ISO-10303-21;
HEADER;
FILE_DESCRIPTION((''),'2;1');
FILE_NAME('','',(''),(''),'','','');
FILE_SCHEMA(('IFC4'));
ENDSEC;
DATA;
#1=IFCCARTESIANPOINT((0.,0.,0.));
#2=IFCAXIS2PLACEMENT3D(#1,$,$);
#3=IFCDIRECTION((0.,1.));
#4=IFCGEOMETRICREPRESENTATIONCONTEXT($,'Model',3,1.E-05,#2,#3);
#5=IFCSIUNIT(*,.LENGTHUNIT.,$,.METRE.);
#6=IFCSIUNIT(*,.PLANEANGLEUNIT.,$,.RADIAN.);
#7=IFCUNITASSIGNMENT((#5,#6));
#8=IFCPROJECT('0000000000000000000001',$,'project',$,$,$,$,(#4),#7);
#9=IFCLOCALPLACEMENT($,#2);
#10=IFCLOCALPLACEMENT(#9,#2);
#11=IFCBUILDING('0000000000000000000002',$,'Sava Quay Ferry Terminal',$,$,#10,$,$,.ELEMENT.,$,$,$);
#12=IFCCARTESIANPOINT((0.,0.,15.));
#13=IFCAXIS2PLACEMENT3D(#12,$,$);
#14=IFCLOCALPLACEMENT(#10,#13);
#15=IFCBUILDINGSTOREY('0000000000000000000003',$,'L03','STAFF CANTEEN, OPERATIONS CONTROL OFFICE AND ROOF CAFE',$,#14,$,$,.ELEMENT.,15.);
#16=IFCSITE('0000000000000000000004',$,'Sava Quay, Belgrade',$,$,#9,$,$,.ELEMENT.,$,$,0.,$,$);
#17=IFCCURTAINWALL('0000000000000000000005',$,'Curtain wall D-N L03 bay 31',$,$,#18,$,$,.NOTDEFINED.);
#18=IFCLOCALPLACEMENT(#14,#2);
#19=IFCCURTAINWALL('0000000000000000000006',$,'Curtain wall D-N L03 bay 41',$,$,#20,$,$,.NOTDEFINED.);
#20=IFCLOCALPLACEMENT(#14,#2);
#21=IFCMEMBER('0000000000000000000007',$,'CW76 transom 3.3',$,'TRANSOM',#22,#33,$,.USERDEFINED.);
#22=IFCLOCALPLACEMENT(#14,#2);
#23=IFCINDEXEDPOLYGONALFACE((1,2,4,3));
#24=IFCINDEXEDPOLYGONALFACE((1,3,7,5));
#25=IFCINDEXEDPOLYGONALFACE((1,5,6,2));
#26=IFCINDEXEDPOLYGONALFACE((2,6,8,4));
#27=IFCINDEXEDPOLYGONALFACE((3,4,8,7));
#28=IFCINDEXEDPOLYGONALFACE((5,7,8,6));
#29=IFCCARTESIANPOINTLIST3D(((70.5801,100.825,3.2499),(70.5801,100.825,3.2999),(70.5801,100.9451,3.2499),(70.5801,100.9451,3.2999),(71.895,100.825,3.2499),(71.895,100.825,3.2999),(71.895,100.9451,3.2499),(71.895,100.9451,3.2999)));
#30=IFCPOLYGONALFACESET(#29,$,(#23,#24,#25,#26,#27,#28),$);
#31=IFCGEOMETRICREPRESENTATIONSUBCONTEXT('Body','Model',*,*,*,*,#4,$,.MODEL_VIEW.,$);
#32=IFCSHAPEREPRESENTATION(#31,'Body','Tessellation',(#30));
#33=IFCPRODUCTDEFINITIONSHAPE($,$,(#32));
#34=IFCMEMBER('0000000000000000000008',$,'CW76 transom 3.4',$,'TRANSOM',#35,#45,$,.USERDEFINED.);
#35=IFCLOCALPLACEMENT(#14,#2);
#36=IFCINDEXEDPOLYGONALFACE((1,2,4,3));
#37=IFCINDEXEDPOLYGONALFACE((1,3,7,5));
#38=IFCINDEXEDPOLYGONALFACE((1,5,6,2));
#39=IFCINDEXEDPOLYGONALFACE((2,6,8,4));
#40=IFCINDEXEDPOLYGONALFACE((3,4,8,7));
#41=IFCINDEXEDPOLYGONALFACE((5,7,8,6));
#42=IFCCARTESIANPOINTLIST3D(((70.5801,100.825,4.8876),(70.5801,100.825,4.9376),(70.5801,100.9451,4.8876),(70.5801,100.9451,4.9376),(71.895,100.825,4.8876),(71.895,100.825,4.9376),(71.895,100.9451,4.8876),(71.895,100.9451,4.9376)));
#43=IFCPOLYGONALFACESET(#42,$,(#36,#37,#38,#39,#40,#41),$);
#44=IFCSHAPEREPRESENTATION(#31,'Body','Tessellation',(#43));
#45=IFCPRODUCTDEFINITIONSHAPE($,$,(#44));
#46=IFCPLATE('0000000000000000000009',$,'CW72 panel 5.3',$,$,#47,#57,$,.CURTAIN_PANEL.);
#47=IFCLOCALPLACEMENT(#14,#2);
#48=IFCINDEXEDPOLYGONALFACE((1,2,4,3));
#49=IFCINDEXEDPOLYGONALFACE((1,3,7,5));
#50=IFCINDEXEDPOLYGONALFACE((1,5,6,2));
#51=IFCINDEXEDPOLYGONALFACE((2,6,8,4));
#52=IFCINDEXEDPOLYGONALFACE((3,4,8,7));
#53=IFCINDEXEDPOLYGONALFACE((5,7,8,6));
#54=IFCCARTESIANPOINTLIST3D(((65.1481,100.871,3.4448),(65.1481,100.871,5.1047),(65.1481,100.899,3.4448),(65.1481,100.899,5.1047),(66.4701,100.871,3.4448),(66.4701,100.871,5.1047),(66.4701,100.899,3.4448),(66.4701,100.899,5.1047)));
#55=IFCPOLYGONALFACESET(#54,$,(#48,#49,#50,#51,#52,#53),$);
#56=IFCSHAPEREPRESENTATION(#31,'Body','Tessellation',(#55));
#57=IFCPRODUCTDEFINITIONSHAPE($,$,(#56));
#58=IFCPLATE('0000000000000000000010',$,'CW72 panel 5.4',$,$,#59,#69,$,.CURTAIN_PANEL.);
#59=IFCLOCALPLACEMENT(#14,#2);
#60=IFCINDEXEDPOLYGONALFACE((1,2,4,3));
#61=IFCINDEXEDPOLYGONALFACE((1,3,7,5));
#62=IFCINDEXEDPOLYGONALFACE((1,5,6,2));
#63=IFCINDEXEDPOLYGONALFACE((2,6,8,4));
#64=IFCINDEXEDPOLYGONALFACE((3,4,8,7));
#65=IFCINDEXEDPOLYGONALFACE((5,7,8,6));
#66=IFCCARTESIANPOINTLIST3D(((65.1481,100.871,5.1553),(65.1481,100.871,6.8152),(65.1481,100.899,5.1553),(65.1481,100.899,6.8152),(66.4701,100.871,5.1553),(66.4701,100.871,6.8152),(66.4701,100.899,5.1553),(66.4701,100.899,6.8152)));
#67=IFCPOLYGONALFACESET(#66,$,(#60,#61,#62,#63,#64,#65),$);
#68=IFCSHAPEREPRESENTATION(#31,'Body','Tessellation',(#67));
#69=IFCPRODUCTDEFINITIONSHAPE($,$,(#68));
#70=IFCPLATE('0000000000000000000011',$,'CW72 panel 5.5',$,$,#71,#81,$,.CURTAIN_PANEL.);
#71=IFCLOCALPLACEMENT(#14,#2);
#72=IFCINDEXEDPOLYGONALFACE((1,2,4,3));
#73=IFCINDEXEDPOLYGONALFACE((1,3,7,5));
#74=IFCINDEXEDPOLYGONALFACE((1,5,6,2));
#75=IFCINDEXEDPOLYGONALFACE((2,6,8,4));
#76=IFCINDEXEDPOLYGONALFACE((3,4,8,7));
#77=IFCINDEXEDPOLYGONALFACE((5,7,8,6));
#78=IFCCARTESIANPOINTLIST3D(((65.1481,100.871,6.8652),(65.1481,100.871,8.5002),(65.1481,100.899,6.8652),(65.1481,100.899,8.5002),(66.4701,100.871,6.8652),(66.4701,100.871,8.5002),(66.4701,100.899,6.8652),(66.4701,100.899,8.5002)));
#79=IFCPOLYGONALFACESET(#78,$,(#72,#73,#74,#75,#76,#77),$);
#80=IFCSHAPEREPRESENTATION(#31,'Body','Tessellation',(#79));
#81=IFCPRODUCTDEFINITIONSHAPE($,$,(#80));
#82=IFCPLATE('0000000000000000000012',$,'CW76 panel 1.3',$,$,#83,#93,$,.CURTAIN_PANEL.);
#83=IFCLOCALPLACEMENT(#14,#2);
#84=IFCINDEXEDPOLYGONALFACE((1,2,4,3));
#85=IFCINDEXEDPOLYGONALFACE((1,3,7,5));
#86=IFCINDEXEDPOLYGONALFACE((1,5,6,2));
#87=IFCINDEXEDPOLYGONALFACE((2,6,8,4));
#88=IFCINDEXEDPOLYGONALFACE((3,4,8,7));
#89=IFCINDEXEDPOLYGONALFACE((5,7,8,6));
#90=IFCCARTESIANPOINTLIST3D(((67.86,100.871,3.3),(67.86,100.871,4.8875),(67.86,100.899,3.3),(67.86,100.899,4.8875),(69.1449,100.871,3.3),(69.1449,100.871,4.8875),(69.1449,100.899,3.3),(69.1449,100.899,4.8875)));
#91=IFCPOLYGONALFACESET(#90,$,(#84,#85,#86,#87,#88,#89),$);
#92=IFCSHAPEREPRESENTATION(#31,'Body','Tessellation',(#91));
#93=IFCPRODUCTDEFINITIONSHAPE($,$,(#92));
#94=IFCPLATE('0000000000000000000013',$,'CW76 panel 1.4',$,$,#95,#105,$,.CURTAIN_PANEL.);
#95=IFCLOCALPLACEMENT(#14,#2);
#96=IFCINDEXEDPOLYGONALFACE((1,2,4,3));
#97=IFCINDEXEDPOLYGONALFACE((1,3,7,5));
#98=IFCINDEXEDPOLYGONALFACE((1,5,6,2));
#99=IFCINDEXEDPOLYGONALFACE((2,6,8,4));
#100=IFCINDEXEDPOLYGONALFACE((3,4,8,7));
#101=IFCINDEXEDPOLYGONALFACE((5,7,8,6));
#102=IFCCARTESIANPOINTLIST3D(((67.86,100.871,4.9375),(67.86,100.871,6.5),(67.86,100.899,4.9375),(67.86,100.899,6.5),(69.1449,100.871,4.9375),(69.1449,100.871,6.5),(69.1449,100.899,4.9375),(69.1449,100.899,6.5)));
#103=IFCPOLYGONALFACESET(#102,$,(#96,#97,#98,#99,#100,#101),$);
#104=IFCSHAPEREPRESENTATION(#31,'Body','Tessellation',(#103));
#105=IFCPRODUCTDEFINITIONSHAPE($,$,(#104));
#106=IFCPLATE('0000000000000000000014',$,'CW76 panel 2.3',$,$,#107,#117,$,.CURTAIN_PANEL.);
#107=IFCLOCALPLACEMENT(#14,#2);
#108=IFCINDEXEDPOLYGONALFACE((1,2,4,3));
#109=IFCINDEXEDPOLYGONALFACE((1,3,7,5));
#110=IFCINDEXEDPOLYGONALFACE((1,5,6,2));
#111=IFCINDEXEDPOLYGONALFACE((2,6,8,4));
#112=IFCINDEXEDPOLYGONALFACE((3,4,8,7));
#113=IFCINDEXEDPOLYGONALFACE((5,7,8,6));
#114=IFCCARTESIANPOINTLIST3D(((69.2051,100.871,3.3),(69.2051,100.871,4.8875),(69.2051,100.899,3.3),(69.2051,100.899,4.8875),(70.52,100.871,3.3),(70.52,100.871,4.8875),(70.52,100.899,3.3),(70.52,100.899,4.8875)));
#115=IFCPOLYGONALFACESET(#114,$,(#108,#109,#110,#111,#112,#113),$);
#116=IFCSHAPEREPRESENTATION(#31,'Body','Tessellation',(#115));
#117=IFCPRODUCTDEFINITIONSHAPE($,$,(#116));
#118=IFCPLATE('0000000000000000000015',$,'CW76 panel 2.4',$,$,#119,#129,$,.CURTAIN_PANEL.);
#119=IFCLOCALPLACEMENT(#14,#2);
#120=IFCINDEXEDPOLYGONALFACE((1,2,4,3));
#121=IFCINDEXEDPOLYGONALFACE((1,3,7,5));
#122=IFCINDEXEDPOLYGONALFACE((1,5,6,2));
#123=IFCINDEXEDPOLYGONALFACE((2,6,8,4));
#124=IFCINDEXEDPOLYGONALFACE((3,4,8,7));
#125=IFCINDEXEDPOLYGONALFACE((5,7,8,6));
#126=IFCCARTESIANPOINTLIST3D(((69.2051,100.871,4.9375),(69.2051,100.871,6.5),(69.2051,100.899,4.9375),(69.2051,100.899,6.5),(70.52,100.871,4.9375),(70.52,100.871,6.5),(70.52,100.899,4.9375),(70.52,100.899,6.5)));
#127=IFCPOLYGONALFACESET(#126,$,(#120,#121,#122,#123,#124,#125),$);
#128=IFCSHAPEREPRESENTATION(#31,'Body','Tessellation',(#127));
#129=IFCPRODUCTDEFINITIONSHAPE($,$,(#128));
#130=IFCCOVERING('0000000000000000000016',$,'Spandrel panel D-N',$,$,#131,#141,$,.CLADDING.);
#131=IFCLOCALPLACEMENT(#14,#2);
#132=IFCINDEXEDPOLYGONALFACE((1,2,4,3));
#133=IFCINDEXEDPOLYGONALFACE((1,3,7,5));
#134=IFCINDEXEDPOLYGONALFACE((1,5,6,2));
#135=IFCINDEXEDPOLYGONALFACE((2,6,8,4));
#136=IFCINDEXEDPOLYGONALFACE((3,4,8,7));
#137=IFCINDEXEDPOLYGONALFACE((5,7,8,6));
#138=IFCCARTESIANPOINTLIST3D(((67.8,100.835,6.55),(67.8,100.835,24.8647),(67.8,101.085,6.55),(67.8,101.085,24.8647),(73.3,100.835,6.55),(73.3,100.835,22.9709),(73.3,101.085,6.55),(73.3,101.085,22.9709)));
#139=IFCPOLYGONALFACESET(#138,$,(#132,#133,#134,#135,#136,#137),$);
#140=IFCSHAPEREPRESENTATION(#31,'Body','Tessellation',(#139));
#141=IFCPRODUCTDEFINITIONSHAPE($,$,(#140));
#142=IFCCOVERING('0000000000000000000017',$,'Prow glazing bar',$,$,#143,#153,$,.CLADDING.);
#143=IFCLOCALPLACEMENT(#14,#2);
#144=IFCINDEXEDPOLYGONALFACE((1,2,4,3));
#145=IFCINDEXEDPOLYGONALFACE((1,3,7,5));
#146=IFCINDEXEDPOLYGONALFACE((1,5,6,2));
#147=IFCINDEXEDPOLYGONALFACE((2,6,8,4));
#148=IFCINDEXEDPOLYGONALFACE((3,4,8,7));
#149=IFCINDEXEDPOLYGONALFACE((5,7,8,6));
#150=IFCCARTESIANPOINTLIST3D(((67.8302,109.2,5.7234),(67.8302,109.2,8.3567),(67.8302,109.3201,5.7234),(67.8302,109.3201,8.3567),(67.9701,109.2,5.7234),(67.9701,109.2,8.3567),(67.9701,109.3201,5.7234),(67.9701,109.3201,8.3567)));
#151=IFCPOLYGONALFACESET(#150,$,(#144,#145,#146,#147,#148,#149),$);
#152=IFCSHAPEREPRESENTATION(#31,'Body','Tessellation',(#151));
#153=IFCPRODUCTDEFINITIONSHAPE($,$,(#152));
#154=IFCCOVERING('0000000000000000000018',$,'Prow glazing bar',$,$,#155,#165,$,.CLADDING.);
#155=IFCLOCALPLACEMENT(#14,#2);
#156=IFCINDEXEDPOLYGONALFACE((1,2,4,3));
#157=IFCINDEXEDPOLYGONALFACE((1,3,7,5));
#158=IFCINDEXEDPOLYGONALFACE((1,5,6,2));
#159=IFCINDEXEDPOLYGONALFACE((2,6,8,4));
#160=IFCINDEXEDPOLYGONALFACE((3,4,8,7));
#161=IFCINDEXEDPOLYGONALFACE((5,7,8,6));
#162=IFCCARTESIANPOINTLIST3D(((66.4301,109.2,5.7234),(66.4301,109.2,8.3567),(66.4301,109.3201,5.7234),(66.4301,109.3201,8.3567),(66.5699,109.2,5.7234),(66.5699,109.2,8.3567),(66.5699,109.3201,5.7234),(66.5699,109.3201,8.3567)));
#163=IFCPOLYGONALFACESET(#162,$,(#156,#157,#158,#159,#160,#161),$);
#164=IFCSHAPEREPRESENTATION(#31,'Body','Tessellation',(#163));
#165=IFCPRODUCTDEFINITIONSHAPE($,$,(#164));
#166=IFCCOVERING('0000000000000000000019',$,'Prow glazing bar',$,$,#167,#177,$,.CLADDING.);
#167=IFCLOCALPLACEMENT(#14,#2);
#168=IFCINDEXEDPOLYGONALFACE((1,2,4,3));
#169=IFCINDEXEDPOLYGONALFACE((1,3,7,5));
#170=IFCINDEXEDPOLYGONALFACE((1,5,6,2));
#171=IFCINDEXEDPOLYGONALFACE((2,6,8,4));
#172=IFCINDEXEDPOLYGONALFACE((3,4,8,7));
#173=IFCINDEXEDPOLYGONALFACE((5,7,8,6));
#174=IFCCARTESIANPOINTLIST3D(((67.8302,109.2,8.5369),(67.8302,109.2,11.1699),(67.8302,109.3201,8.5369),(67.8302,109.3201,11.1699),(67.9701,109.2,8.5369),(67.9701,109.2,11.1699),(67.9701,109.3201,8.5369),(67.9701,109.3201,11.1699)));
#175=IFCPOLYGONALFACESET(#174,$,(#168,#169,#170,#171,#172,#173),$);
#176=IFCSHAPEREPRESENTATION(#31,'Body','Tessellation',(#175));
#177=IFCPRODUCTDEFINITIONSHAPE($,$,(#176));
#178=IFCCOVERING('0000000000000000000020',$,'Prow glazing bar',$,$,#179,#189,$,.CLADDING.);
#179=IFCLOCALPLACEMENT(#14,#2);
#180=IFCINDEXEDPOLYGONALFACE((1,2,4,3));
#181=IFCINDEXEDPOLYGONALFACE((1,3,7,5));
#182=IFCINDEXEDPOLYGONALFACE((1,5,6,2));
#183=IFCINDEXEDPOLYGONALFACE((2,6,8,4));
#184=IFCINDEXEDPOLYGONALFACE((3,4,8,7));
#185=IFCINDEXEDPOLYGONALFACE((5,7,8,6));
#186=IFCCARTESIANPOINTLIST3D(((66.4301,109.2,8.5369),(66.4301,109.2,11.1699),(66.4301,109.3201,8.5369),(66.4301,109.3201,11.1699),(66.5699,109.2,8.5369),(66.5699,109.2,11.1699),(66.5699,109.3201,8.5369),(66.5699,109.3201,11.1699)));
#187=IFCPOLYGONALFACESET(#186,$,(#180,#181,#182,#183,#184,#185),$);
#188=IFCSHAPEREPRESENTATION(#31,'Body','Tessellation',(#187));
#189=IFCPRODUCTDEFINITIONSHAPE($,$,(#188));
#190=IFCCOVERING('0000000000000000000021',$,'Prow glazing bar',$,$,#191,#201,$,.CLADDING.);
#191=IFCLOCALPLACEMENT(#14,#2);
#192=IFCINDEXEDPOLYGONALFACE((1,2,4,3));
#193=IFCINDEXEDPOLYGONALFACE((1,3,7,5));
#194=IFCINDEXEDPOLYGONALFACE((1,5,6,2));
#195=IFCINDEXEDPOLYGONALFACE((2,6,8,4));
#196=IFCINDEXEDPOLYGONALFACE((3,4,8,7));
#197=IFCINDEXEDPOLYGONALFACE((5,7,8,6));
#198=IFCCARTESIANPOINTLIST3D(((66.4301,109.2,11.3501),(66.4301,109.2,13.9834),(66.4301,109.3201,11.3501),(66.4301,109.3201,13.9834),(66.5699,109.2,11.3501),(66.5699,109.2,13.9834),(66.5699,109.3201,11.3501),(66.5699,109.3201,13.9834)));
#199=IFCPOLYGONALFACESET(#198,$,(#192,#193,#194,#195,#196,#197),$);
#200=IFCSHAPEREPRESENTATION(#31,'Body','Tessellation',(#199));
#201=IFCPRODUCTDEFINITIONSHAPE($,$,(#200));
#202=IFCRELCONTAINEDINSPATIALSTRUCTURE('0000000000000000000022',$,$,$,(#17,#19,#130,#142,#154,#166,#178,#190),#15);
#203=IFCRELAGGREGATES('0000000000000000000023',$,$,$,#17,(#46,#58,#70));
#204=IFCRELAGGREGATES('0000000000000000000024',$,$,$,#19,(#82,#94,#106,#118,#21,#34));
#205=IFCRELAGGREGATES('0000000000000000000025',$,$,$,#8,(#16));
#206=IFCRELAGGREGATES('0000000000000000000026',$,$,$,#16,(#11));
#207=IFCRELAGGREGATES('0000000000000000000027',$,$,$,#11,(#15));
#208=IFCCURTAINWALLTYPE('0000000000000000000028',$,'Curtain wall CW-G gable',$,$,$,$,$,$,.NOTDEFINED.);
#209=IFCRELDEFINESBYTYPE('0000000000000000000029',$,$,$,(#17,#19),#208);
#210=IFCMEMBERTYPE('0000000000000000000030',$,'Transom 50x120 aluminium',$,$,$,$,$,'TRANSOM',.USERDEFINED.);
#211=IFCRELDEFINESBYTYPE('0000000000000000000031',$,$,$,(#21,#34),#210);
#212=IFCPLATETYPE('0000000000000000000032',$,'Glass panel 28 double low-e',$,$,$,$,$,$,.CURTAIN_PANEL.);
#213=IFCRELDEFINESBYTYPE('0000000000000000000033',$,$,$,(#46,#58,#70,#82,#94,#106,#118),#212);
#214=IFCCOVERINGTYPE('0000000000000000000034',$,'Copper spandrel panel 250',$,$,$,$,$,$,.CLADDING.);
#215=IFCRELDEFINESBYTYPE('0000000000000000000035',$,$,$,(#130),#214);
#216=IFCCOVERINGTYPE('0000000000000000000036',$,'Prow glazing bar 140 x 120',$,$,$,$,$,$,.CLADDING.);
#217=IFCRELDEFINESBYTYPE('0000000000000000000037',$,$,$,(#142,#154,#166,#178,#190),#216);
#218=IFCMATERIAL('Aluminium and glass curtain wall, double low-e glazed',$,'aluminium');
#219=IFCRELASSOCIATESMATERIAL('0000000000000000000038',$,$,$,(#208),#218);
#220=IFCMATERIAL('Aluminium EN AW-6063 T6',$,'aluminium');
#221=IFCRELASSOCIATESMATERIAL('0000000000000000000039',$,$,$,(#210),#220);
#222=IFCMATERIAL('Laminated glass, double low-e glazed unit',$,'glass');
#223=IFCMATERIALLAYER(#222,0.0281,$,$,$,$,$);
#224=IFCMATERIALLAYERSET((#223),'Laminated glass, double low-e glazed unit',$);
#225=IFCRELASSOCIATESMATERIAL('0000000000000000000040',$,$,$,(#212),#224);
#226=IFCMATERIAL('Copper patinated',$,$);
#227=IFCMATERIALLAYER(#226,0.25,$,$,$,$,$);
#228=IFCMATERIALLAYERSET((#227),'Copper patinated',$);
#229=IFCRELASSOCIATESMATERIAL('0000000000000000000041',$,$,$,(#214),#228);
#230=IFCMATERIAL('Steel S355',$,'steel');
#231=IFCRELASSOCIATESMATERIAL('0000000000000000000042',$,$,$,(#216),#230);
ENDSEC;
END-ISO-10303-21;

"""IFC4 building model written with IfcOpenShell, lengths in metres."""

from ifc_helpers import new_model, si_unit, direction, frame, origin, origin_2d, place, context, subcontext, project, spatial, polyline, rectangle, outline, extrude, material, layer, layer_set, material_profile, profile_set, type_object, element, aggregate, save


model = new_model("IFC4")

# Units and contexts
model_context = context("Model", 3, precision=1e-05, world=origin(), true_north=direction((0.0, 1.0)))
body_context = subcontext(model_context, "Body", "Model", "MODEL_VIEW")
ifc_project = project(units=[si_unit("LENGTHUNIT", "METRE"), si_unit("PLANEANGLEUNIT", "RADIAN")], contexts=[model_context])

# Site, building, storey
site_placement = place(None, origin())
site = spatial("IfcSite", under=ifc_project, at=site_placement, Name="Sava Quay, Belgrade", CompositionType="ELEMENT", RefElevation=0.0)
building_placement = place(site_placement, origin())
building = spatial("IfcBuilding", under=site, at=building_placement, Name="Sava Quay Ferry Terminal", CompositionType="ELEMENT")
storey_placement = place(building_placement, frame((0.0, 0.0, 15.0)))
storey = spatial("IfcBuildingStorey", under=building, at=storey_placement, Name="L03", Description="STAFF CANTEEN, OPERATIONS CONTROL OFFICE AND ROOF CAFE", CompositionType="ELEMENT", Elevation=15.0)

# Curtain walls, members
ifc_material_1 = material(Name="Aluminium and glass curtain wall, double low-e glazed", Category="aluminium")
curtain_wall_type = type_object("IfcCurtainWallType", Name="Curtain wall CW-G gable", PredefinedType="NOTDEFINED", material=ifc_material_1)
curtain_wall_1_placement = place(storey_placement, origin())
curtain_wall_1 = element("IfcCurtainWall", 1, at=curtain_wall_1_placement, inside=storey, type_object=curtain_wall_type, Name="Curtain wall D-N L03 bay 31", PredefinedType="NOTDEFINED")
ifc_material_2 = material(Name="Aluminium EN AW-6063 T6", Category="aluminium")
ifc_material_profile_1 = material_profile(ifc_material_2, rectangle(XDim=0.1201, YDim=0.05, at=origin_2d()), Name="Transom 50x120 aluminium")
ifc_profile_set_1 = profile_set([ifc_material_profile_1], Name="Aluminium EN AW-6063 T6")
member_type_1 = type_object("IfcMemberType", Name="Transom 50x120 aluminium", ElementType="TRANSOM", PredefinedType="USERDEFINED", material=ifc_profile_set_1)
curtain_wall_2_placement = place(storey_placement, origin())
curtain_wall_2 = element("IfcCurtainWall", 2, at=curtain_wall_2_placement, inside=storey, type_object=curtain_wall_type, Name="Curtain wall D-N L03 bay 41", PredefinedType="NOTDEFINED")
member_1_placement = place(storey_placement, frame((70.5801, 100.885, 3.2749), z_axis=(1.0, 0.0, 0.0), x_axis=(0.0, 1.0, 0.0)))
member_1 = element("IfcMember", 3, at=member_1_placement, type_object=member_type_1, Name="CW76 transom 3.3", ObjectType="TRANSOM", PredefinedType="USERDEFINED", context=body_context, shape_type="SweptSolid", body=[
    extrude(rectangle(XDim=0.1201, YDim=0.05, at=origin_2d()), origin(), (0.0, 0.0, 1.0), 1.3149),
])
member_2_placement = place(storey_placement, frame((70.5801, 100.885, 4.9126), z_axis=(1.0, 0.0, 0.0), x_axis=(0.0, 1.0, 0.0)))
member_2 = element("IfcMember", 4, at=member_2_placement, type_object=member_type_1, Name="CW76 transom 3.4", ObjectType="TRANSOM", PredefinedType="USERDEFINED", context=body_context, shape_type="SweptSolid", body=[
    extrude(rectangle(XDim=0.1201, YDim=0.05, at=origin_2d()), origin(), (0.0, 0.0, 1.0), 1.3149),
])

# Plates
ifc_material_3 = material(Name="Laminated glass, double low-e glazed unit", Category="glass")
ifc_layer_1 = layer(ifc_material_3, 0.0281)
ifc_layer_set_1 = layer_set([ifc_layer_1], Name="Laminated glass, double low-e glazed unit")
plate_type = type_object("IfcPlateType", Name="Glass panel 28 double low-e", PredefinedType="CURTAIN_PANEL", material=ifc_layer_set_1)
plate_1_placement = place(storey_placement, frame((65.8091, 100.885, 3.4448), z_axis=(0.0, 0.0, 1.0), x_axis=(1.0, 0.0, 0.0)))
plate_1 = element("IfcPlate", 5, at=plate_1_placement, type_object=plate_type, Name="CW72 panel 5.3", PredefinedType="CURTAIN_PANEL", context=body_context, shape_type="SweptSolid", body=[
    extrude(rectangle(XDim=1.322, YDim=0.0281, at=origin_2d()), origin(), (0.0, 0.0, 1.0), 1.6599),
])
plate_2_placement = place(storey_placement, frame((65.8091, 100.885, 5.1553), z_axis=(0.0, 0.0, 1.0), x_axis=(1.0, 0.0, 0.0)))
plate_2 = element("IfcPlate", 6, at=plate_2_placement, type_object=plate_type, Name="CW72 panel 5.4", PredefinedType="CURTAIN_PANEL", context=body_context, shape_type="SweptSolid", body=[
    extrude(rectangle(XDim=1.322, YDim=0.0281, at=origin_2d()), origin(), (0.0, 0.0, 1.0), 1.6599),
])
plate_3_placement = place(storey_placement, frame((65.8091, 100.885, 6.8652), z_axis=(0.0, 0.0, 1.0), x_axis=(1.0, 0.0, 0.0)))
plate_3 = element("IfcPlate", 7, at=plate_3_placement, type_object=plate_type, Name="CW72 panel 5.5", PredefinedType="CURTAIN_PANEL", context=body_context, shape_type="SweptSolid", body=[
    extrude(rectangle(XDim=1.322, YDim=0.0281, at=origin_2d()), origin(), (0.0, 0.0, 1.0), 1.635),
])
aggregate(curtain_wall_1, [plate_1, plate_2, plate_3])
plate_4_placement = place(storey_placement, frame((68.5024, 100.885, 3.3), z_axis=(0.0, 0.0, 1.0), x_axis=(1.0, 0.0, 0.0)))
plate_4 = element("IfcPlate", 8, at=plate_4_placement, type_object=plate_type, Name="CW76 panel 1.3", PredefinedType="CURTAIN_PANEL", context=body_context, shape_type="SweptSolid", body=[
    extrude(rectangle(XDim=1.2849, YDim=0.0281, at=origin_2d()), origin(), (0.0, 0.0, 1.0), 1.5874),
])
plate_5_placement = place(storey_placement, frame((68.5024, 100.885, 4.9375), z_axis=(0.0, 0.0, 1.0), x_axis=(1.0, 0.0, 0.0)))
plate_5 = element("IfcPlate", 9, at=plate_5_placement, type_object=plate_type, Name="CW76 panel 1.4", PredefinedType="CURTAIN_PANEL", context=body_context, shape_type="SweptSolid", body=[
    extrude(rectangle(XDim=1.2849, YDim=0.0281, at=origin_2d()), origin(), (0.0, 0.0, 1.0), 1.5625),
])
plate_6_placement = place(storey_placement, frame((69.8625, 100.885, 3.3), z_axis=(0.0, 0.0, 1.0), x_axis=(1.0, 0.0, 0.0)))
plate_6 = element("IfcPlate", 10, at=plate_6_placement, type_object=plate_type, Name="CW76 panel 2.3", PredefinedType="CURTAIN_PANEL", context=body_context, shape_type="SweptSolid", body=[
    extrude(rectangle(XDim=1.3149, YDim=0.0281, at=origin_2d()), origin(), (0.0, 0.0, 1.0), 1.5874),
])
plate_7_placement = place(storey_placement, frame((69.8625, 100.885, 4.9375), z_axis=(0.0, 0.0, 1.0), x_axis=(1.0, 0.0, 0.0)))
plate_7 = element("IfcPlate", 11, at=plate_7_placement, type_object=plate_type, Name="CW76 panel 2.4", PredefinedType="CURTAIN_PANEL", context=body_context, shape_type="SweptSolid", body=[
    extrude(rectangle(XDim=1.3149, YDim=0.0281, at=origin_2d()), origin(), (0.0, 0.0, 1.0), 1.5625),
])
aggregate(curtain_wall_2, [plate_4, plate_5, plate_6, plate_7, member_1, member_2])

# Coverings
ifc_material_4 = material(Name="Copper patinated")
ifc_layer_2 = layer(ifc_material_4, 0.25)
ifc_layer_set_2 = layer_set([ifc_layer_2], Name="Copper patinated")
covering_type_1 = type_object("IfcCoveringType", Name="Copper spandrel panel 250", PredefinedType="CLADDING", material=ifc_layer_set_2)
covering_1_placement = place(storey_placement, frame((67.8, 100.96, 6.55), z_axis=(0.0, 0.0, 1.0), x_axis=(1.0, 0.0, 0.0)))
element("IfcCovering", 12, at=covering_1_placement, inside=storey, type_object=covering_type_1, Name="Spandrel panel D-N", PredefinedType="CLADDING", context=body_context, shape_type="SweptSolid", body=[
    extrude(outline(polyline([(0.0, 0.0), (5.5, 0.0), (5.5, 16.4209), (0.0, 18.3147), (0.0, 0.0)])), frame((0.0, 0.125, 0.0), z_axis=(0.0, -1.0, 0.0), x_axis=(1.0, 0.0, 0.0)), (0.0, 0.0, 1.0), 0.25),
])
ifc_material_5 = material(Name="Steel S355", Category="steel")
ifc_material_profile_2 = material_profile(ifc_material_5, rectangle(XDim=0.1399, YDim=0.1201, at=origin_2d()), Name="Strip 140 x 120")
ifc_profile_set_2 = profile_set([ifc_material_profile_2], Name="Steel S355")
covering_type_2 = type_object("IfcCoveringType", Name="Prow glazing bar 140 x 120", PredefinedType="CLADDING", material=ifc_profile_set_2)
for number, where, z_axis, x_axis, name in (
    (13, (67.9001, 109.26, 5.7234), (0.0, 0.0, 1.0), (1.0, 0.0, 0.0), "Prow glazing bar"),
    (14, (66.5, 109.26, 5.7234), (0.0, 0.0, 1.0), (1.0, 0.0, 0.0), "Prow glazing bar"),
):
    element("IfcCovering", number, at=place(storey_placement, frame(where, z_axis=z_axis, x_axis=x_axis)), inside=storey, type_object=covering_type_2, Name=name, PredefinedType="CLADDING", context=body_context, shape_type="SweptSolid", body=[
        extrude(rectangle(XDim=0.1399, YDim=0.1201, at=origin_2d()), origin(), (0.0, 0.0, 1.0), 2.6333),
    ])
for number, where, z_axis, x_axis, name in (
    (15, (67.9001, 109.26, 8.5369), (0.0, 0.0, 1.0), (1.0, 0.0, 0.0), "Prow glazing bar"),
    (16, (66.5, 109.26, 8.5369), (0.0, 0.0, 1.0), (1.0, 0.0, 0.0), "Prow glazing bar"),
):
    element("IfcCovering", number, at=place(storey_placement, frame(where, z_axis=z_axis, x_axis=x_axis)), inside=storey, type_object=covering_type_2, Name=name, PredefinedType="CLADDING", context=body_context, shape_type="SweptSolid", body=[
        extrude(rectangle(XDim=0.1399, YDim=0.1201, at=origin_2d()), origin(), (0.0, 0.0, 1.0), 2.6331),
    ])
covering_2_placement = place(storey_placement, frame((66.5, 109.26, 11.3501), z_axis=(0.0, 0.0, 1.0), x_axis=(1.0, 0.0, 0.0)))
element("IfcCovering", 17, at=covering_2_placement, inside=storey, type_object=covering_type_2, Name="Prow glazing bar", PredefinedType="CLADDING", context=body_context, shape_type="SweptSolid", body=[
    extrude(rectangle(XDim=0.1399, YDim=0.1201, at=origin_2d()), origin(), (0.0, 0.0, 1.0), 2.6333),
])

save(model, "model.ifc")
